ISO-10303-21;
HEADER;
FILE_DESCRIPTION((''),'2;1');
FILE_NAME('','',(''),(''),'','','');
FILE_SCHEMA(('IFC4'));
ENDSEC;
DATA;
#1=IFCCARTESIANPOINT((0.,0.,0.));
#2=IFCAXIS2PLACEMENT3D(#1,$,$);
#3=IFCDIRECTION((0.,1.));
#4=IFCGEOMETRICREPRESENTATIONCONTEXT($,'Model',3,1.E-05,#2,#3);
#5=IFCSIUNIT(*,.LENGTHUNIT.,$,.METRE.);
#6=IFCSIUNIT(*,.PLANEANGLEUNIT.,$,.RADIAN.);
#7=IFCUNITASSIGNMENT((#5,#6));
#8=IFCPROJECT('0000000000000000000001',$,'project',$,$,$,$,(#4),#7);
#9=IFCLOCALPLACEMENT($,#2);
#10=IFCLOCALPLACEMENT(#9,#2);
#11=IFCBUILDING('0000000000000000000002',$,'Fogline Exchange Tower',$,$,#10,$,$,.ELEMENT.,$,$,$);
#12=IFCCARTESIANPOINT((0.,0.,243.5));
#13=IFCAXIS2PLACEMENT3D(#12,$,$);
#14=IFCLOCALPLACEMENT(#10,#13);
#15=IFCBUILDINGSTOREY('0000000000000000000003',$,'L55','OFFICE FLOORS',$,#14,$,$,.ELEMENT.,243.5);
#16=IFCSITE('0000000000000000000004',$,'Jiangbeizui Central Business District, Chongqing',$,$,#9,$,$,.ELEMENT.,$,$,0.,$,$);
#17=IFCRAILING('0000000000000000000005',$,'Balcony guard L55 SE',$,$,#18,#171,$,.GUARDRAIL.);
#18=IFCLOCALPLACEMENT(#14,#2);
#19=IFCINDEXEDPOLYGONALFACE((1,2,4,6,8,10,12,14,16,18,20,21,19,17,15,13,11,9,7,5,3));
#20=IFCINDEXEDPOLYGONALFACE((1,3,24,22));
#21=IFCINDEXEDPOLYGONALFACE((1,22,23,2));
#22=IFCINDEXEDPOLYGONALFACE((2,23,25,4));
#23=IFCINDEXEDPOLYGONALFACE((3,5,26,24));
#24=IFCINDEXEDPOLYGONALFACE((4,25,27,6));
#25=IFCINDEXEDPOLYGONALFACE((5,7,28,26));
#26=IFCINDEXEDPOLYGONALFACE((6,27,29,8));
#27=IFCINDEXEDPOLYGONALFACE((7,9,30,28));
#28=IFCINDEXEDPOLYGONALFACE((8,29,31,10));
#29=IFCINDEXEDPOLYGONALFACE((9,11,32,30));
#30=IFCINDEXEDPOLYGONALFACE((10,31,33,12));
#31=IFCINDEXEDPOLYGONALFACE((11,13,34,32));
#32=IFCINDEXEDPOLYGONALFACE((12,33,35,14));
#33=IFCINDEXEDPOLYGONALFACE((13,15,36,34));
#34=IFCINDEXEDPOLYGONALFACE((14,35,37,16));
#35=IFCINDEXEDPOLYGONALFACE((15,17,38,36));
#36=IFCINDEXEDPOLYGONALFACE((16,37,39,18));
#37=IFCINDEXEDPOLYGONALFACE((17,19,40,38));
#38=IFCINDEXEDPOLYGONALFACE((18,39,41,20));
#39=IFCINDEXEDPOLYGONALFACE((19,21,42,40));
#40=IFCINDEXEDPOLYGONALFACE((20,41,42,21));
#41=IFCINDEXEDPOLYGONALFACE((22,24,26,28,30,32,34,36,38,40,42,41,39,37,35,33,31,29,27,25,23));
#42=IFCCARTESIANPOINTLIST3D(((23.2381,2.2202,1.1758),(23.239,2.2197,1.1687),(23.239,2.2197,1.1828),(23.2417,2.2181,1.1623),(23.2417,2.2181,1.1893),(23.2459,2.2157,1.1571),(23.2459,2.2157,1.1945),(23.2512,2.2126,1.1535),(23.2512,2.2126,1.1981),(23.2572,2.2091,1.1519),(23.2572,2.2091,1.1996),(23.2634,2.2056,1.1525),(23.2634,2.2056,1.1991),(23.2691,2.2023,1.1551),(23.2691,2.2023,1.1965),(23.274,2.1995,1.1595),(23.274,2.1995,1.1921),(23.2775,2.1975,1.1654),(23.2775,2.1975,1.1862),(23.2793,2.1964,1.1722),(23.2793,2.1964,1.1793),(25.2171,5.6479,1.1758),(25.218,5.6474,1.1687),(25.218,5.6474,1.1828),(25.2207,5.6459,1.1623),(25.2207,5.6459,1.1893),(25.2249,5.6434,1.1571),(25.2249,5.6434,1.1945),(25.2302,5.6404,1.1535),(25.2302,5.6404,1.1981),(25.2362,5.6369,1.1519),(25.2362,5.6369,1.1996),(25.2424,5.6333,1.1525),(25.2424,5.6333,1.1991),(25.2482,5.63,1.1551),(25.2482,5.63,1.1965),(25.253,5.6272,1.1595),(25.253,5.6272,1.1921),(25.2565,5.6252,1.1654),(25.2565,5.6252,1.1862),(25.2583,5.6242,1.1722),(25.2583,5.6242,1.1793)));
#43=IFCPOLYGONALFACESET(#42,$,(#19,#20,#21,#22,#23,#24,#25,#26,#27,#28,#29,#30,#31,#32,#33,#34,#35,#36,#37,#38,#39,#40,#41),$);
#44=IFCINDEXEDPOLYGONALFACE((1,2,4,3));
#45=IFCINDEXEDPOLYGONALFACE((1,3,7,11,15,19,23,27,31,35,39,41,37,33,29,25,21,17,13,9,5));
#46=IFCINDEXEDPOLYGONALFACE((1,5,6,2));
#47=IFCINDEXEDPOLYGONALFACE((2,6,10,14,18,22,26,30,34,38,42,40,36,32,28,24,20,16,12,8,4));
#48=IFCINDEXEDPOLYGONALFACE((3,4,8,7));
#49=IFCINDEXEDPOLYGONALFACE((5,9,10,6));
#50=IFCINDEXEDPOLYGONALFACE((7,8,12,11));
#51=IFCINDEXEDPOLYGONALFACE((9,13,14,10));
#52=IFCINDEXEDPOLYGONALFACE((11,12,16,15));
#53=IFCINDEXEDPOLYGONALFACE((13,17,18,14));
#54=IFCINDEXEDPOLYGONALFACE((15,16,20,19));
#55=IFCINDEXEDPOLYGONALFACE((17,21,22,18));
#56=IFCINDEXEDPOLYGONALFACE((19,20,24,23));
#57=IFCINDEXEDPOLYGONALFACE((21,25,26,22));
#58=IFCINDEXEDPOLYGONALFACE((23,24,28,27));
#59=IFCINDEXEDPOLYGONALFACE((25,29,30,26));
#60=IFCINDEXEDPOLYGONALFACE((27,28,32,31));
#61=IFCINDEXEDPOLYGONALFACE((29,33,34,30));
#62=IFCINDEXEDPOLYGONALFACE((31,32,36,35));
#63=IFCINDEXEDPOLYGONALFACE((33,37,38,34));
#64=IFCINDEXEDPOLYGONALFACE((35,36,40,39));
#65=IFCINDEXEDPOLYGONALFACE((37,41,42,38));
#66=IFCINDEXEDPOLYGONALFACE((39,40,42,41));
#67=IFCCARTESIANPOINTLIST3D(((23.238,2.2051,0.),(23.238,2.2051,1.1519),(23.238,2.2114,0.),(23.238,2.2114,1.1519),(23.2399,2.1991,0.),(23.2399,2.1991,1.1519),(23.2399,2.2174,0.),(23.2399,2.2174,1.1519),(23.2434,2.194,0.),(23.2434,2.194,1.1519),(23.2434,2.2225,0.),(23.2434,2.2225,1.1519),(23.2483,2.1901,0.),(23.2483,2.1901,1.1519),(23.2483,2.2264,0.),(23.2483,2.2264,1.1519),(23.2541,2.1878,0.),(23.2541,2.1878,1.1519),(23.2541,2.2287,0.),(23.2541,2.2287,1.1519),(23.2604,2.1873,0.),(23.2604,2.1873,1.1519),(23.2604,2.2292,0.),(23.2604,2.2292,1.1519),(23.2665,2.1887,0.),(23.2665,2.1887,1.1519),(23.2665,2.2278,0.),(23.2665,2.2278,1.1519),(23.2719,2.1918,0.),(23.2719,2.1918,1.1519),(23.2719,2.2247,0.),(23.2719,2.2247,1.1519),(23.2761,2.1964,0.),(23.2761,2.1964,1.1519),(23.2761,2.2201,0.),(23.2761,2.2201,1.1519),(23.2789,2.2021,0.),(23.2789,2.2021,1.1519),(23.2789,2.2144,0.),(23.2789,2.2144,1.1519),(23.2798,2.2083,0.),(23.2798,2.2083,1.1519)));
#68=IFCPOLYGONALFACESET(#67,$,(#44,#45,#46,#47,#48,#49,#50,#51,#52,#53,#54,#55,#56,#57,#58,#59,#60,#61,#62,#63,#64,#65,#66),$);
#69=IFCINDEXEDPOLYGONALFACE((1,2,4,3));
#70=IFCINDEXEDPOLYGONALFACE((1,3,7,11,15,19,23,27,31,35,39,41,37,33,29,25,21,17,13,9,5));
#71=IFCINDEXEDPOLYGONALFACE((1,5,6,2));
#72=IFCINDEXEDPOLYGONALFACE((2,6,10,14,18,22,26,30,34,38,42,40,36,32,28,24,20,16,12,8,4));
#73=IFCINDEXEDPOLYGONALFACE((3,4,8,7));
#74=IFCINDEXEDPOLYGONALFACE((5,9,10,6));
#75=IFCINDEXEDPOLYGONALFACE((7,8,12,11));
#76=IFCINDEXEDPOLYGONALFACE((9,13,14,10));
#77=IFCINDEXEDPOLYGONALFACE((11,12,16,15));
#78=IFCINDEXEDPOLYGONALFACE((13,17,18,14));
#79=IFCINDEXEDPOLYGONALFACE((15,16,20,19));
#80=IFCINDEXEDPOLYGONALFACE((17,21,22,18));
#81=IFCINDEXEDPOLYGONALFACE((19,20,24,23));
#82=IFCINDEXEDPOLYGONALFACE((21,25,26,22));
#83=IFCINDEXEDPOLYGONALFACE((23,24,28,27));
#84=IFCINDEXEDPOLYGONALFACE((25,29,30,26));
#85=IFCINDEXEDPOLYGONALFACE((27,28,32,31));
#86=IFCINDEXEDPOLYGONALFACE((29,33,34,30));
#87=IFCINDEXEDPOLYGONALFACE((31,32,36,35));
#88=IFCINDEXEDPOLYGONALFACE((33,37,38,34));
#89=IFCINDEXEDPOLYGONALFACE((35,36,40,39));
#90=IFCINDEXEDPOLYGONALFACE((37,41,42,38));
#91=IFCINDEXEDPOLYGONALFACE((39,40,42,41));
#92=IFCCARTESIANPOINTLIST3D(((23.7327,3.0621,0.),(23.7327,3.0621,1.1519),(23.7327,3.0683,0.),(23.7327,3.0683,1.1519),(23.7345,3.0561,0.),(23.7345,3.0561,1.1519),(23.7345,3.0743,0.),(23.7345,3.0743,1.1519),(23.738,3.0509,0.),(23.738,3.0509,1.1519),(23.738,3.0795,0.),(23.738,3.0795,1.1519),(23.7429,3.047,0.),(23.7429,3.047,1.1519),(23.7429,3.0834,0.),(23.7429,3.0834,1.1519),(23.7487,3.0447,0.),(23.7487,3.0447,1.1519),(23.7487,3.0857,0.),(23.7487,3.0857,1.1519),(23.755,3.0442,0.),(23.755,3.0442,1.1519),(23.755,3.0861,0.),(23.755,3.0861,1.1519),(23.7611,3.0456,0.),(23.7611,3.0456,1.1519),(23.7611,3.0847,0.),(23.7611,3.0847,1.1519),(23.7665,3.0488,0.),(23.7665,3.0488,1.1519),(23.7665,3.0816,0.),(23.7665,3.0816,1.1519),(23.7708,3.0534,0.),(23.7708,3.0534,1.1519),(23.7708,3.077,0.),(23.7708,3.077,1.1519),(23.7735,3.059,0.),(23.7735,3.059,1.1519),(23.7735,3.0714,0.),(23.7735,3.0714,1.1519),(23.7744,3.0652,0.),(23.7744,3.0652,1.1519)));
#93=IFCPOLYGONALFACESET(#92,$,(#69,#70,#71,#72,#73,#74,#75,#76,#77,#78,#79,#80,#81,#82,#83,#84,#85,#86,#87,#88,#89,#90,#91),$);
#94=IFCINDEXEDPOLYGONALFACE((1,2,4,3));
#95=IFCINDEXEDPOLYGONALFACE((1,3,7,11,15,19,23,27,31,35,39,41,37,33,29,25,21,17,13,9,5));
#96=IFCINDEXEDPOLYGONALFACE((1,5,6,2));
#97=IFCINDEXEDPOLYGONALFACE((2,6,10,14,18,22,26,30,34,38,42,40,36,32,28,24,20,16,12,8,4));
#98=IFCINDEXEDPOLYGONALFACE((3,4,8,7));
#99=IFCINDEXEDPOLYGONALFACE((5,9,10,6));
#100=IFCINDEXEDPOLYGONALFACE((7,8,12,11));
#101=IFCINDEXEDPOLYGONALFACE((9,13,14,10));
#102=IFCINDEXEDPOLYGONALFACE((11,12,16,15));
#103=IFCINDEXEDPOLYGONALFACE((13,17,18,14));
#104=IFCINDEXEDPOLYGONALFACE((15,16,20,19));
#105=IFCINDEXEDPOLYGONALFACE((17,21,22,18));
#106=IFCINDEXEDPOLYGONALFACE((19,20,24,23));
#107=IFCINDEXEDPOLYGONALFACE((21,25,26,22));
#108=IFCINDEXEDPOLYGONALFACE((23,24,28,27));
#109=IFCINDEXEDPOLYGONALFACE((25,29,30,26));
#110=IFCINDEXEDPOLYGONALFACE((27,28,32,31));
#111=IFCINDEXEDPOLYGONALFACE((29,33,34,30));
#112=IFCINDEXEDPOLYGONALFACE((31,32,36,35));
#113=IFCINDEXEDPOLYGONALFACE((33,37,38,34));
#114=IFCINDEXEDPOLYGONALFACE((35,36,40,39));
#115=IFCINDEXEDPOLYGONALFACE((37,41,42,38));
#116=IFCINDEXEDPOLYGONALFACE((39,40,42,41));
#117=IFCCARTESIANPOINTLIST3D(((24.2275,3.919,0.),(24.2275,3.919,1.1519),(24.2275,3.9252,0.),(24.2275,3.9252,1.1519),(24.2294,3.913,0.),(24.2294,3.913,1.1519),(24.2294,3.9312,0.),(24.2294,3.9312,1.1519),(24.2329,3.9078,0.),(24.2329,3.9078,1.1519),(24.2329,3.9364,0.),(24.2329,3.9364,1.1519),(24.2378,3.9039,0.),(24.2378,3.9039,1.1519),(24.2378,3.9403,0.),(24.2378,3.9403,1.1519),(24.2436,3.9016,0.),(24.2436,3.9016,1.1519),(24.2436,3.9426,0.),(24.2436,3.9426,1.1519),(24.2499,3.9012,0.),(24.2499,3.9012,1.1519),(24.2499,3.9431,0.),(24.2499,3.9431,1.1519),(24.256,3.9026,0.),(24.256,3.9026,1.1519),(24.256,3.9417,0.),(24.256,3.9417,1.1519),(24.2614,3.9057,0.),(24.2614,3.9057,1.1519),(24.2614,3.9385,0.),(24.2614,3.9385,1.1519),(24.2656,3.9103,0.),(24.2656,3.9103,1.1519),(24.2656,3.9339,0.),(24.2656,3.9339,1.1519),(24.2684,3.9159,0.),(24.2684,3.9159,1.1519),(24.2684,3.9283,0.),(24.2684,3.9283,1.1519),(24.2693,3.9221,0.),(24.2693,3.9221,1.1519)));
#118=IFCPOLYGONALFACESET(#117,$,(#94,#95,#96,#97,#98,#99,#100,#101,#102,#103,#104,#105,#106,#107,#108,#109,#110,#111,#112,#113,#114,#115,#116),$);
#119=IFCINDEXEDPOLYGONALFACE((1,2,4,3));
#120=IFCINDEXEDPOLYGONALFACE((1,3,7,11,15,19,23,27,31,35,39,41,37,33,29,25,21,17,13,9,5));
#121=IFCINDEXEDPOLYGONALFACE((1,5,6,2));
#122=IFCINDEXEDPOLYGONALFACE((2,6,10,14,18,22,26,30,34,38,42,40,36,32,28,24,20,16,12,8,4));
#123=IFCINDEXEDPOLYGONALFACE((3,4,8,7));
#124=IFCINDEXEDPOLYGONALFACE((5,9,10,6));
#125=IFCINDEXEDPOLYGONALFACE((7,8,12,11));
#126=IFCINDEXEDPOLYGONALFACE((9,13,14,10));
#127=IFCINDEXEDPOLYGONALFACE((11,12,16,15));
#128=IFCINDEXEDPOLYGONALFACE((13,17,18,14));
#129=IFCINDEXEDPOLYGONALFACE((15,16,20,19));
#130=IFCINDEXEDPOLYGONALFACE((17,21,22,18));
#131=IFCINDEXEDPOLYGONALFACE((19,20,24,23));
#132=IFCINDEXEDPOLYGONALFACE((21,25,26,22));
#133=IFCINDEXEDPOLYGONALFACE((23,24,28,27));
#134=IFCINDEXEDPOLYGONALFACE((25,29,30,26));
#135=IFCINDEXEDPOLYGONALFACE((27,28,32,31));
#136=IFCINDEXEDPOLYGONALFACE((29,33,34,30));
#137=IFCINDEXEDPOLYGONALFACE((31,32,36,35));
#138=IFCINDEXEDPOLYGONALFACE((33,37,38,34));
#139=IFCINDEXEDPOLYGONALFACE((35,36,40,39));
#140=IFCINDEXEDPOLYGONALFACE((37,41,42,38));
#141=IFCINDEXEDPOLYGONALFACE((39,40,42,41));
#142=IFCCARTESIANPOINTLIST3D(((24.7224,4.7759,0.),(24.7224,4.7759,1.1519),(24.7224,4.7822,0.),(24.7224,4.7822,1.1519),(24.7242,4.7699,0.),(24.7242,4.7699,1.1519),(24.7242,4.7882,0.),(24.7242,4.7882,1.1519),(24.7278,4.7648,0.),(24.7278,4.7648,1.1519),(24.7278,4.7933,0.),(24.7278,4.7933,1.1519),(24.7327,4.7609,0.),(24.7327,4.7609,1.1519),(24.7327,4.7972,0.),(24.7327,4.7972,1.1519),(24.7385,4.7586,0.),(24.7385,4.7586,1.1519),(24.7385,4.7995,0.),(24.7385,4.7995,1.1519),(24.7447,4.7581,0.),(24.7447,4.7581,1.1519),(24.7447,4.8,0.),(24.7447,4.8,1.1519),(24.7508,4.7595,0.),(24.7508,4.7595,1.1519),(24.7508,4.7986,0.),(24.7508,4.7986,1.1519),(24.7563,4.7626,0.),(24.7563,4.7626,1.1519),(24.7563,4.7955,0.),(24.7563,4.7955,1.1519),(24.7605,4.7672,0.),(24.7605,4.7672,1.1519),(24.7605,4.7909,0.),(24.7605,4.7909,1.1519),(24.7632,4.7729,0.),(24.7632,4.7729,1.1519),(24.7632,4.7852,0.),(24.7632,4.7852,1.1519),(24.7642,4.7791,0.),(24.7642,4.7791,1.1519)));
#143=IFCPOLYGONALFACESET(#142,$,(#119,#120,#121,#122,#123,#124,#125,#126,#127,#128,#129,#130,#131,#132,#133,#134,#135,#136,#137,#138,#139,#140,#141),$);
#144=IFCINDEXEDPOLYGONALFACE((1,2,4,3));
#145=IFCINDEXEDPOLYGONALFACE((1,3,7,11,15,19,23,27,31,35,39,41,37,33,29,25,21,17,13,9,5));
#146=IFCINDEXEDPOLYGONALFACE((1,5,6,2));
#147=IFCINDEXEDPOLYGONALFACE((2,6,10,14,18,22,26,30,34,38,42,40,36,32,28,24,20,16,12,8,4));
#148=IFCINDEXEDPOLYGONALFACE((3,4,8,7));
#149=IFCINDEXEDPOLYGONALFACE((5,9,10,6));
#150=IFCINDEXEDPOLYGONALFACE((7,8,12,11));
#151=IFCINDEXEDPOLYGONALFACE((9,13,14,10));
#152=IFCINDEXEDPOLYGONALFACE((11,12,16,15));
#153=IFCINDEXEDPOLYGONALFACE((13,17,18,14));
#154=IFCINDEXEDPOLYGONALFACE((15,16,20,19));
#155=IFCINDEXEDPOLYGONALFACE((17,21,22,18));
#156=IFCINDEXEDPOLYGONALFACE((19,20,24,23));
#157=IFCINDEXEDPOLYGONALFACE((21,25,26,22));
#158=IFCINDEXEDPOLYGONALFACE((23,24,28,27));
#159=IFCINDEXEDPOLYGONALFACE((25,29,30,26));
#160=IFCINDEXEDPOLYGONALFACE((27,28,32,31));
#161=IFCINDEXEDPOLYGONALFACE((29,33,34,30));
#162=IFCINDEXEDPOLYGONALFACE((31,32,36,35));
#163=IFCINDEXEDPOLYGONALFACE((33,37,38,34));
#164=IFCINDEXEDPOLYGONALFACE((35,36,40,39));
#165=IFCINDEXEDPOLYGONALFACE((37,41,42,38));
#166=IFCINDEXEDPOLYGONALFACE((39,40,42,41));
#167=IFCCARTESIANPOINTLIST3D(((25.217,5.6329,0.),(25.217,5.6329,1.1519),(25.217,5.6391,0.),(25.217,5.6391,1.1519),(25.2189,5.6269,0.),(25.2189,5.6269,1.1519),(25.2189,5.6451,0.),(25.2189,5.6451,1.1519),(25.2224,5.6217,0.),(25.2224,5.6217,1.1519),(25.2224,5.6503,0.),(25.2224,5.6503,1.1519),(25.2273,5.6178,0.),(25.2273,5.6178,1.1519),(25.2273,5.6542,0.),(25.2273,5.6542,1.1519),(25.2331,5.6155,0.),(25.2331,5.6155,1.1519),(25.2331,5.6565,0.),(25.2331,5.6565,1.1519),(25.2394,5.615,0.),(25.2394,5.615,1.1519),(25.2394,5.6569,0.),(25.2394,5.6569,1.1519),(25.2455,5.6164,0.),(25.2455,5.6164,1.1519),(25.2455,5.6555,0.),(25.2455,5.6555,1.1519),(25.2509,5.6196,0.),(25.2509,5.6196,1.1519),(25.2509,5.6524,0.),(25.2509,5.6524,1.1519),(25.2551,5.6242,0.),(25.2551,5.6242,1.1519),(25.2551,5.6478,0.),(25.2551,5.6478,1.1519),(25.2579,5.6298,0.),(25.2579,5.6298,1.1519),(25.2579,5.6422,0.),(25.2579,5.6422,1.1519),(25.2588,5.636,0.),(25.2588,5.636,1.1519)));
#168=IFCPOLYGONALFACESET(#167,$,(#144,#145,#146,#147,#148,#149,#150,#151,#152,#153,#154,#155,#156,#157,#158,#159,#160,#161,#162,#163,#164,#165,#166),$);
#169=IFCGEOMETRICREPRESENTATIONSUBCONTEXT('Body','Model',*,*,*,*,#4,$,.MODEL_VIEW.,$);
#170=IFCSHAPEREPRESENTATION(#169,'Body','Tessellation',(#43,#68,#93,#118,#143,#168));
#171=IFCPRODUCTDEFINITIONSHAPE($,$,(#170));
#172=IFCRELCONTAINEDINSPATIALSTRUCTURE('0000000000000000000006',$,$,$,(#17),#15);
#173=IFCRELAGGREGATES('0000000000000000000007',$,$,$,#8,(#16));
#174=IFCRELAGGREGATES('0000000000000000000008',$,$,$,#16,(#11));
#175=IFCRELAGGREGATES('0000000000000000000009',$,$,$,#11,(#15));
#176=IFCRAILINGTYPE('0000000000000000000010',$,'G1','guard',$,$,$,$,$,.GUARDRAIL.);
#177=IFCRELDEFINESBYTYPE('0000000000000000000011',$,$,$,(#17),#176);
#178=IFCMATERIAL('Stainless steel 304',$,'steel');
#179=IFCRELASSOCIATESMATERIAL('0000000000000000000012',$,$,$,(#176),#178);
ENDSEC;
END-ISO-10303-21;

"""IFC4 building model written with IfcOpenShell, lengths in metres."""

from ifc_helpers import new_model, si_unit, direction, frame, origin, origin_2d, place, context, subcontext, project, spatial, circle, extrude, material, type_object, element, save


model = new_model("IFC4")

# Units and contexts
model_context = context("Model", 3, precision=1e-05, world=origin(), true_north=direction((0.0, 1.0)))
body_context = subcontext(model_context, "Body", "Model", "MODEL_VIEW")
ifc_project = project(units=[si_unit("LENGTHUNIT", "METRE"), si_unit("PLANEANGLEUNIT", "RADIAN")], contexts=[model_context])

# Site, building, storey
site_placement = place(None, origin())
site = spatial("IfcSite", under=ifc_project, at=site_placement, Name="Jiangbeizui Central Business District, Chongqing", CompositionType="ELEMENT", RefElevation=0.0)
building_placement = place(site_placement, origin())
building = spatial("IfcBuilding", under=site, at=building_placement, Name="Fogline Exchange Tower", CompositionType="ELEMENT")
storey_placement = place(building_placement, frame((0.0, 0.0, 243.5)))
storey = spatial("IfcBuildingStorey", under=building, at=storey_placement, Name="L55", Description="OFFICE FLOORS", CompositionType="ELEMENT", Elevation=243.5)

# Railing
ifc_material_1 = material(Name="Stainless steel 304", Category="steel")
railing_type = type_object("IfcRailingType", Name="G1", Description="guard", PredefinedType="GUARDRAIL", material=ifc_material_1)
railing_placement = place(storey_placement, frame((23.2588, 2.2083, 0.0)))
element("IfcRailing", 1, at=railing_placement, inside=storey, type_object=railing_type, Name="Balcony guard L55 SE", PredefinedType="GUARDRAIL", context=body_context, shape_type="SweptSolid", body=[
    extrude(circle(Radius=0.0239, at=origin_2d()), frame((0.0, 0.0, 1.1758), z_axis=(0.5, 0.866025, 0.0), x_axis=(-0.866025, 0.5, 0.0)), (0.0, 0.0, 1.0), 3.958),
    extrude(circle(Radius=0.021, at=origin_2d()), origin(), (0.0, 0.0, 1.0), 1.1519),
    extrude(circle(Radius=0.021, at=origin_2d()), frame((0.4946, 0.8569, 0.0)), (0.0, 0.0, 1.0), 1.1519),
    extrude(circle(Radius=0.021, at=origin_2d()), frame((0.9895, 1.7139, 0.0)), (0.0, 0.0, 1.0), 1.1519),
    extrude(circle(Radius=0.021, at=origin_2d()), frame((1.4844, 2.5708, 0.0)), (0.0, 0.0, 1.0), 1.1519),
    extrude(circle(Radius=0.021, at=origin_2d()), frame((1.979, 3.4277, 0.0)), (0.0, 0.0, 1.0), 1.1519),
])

save(model, "model.ifc")
